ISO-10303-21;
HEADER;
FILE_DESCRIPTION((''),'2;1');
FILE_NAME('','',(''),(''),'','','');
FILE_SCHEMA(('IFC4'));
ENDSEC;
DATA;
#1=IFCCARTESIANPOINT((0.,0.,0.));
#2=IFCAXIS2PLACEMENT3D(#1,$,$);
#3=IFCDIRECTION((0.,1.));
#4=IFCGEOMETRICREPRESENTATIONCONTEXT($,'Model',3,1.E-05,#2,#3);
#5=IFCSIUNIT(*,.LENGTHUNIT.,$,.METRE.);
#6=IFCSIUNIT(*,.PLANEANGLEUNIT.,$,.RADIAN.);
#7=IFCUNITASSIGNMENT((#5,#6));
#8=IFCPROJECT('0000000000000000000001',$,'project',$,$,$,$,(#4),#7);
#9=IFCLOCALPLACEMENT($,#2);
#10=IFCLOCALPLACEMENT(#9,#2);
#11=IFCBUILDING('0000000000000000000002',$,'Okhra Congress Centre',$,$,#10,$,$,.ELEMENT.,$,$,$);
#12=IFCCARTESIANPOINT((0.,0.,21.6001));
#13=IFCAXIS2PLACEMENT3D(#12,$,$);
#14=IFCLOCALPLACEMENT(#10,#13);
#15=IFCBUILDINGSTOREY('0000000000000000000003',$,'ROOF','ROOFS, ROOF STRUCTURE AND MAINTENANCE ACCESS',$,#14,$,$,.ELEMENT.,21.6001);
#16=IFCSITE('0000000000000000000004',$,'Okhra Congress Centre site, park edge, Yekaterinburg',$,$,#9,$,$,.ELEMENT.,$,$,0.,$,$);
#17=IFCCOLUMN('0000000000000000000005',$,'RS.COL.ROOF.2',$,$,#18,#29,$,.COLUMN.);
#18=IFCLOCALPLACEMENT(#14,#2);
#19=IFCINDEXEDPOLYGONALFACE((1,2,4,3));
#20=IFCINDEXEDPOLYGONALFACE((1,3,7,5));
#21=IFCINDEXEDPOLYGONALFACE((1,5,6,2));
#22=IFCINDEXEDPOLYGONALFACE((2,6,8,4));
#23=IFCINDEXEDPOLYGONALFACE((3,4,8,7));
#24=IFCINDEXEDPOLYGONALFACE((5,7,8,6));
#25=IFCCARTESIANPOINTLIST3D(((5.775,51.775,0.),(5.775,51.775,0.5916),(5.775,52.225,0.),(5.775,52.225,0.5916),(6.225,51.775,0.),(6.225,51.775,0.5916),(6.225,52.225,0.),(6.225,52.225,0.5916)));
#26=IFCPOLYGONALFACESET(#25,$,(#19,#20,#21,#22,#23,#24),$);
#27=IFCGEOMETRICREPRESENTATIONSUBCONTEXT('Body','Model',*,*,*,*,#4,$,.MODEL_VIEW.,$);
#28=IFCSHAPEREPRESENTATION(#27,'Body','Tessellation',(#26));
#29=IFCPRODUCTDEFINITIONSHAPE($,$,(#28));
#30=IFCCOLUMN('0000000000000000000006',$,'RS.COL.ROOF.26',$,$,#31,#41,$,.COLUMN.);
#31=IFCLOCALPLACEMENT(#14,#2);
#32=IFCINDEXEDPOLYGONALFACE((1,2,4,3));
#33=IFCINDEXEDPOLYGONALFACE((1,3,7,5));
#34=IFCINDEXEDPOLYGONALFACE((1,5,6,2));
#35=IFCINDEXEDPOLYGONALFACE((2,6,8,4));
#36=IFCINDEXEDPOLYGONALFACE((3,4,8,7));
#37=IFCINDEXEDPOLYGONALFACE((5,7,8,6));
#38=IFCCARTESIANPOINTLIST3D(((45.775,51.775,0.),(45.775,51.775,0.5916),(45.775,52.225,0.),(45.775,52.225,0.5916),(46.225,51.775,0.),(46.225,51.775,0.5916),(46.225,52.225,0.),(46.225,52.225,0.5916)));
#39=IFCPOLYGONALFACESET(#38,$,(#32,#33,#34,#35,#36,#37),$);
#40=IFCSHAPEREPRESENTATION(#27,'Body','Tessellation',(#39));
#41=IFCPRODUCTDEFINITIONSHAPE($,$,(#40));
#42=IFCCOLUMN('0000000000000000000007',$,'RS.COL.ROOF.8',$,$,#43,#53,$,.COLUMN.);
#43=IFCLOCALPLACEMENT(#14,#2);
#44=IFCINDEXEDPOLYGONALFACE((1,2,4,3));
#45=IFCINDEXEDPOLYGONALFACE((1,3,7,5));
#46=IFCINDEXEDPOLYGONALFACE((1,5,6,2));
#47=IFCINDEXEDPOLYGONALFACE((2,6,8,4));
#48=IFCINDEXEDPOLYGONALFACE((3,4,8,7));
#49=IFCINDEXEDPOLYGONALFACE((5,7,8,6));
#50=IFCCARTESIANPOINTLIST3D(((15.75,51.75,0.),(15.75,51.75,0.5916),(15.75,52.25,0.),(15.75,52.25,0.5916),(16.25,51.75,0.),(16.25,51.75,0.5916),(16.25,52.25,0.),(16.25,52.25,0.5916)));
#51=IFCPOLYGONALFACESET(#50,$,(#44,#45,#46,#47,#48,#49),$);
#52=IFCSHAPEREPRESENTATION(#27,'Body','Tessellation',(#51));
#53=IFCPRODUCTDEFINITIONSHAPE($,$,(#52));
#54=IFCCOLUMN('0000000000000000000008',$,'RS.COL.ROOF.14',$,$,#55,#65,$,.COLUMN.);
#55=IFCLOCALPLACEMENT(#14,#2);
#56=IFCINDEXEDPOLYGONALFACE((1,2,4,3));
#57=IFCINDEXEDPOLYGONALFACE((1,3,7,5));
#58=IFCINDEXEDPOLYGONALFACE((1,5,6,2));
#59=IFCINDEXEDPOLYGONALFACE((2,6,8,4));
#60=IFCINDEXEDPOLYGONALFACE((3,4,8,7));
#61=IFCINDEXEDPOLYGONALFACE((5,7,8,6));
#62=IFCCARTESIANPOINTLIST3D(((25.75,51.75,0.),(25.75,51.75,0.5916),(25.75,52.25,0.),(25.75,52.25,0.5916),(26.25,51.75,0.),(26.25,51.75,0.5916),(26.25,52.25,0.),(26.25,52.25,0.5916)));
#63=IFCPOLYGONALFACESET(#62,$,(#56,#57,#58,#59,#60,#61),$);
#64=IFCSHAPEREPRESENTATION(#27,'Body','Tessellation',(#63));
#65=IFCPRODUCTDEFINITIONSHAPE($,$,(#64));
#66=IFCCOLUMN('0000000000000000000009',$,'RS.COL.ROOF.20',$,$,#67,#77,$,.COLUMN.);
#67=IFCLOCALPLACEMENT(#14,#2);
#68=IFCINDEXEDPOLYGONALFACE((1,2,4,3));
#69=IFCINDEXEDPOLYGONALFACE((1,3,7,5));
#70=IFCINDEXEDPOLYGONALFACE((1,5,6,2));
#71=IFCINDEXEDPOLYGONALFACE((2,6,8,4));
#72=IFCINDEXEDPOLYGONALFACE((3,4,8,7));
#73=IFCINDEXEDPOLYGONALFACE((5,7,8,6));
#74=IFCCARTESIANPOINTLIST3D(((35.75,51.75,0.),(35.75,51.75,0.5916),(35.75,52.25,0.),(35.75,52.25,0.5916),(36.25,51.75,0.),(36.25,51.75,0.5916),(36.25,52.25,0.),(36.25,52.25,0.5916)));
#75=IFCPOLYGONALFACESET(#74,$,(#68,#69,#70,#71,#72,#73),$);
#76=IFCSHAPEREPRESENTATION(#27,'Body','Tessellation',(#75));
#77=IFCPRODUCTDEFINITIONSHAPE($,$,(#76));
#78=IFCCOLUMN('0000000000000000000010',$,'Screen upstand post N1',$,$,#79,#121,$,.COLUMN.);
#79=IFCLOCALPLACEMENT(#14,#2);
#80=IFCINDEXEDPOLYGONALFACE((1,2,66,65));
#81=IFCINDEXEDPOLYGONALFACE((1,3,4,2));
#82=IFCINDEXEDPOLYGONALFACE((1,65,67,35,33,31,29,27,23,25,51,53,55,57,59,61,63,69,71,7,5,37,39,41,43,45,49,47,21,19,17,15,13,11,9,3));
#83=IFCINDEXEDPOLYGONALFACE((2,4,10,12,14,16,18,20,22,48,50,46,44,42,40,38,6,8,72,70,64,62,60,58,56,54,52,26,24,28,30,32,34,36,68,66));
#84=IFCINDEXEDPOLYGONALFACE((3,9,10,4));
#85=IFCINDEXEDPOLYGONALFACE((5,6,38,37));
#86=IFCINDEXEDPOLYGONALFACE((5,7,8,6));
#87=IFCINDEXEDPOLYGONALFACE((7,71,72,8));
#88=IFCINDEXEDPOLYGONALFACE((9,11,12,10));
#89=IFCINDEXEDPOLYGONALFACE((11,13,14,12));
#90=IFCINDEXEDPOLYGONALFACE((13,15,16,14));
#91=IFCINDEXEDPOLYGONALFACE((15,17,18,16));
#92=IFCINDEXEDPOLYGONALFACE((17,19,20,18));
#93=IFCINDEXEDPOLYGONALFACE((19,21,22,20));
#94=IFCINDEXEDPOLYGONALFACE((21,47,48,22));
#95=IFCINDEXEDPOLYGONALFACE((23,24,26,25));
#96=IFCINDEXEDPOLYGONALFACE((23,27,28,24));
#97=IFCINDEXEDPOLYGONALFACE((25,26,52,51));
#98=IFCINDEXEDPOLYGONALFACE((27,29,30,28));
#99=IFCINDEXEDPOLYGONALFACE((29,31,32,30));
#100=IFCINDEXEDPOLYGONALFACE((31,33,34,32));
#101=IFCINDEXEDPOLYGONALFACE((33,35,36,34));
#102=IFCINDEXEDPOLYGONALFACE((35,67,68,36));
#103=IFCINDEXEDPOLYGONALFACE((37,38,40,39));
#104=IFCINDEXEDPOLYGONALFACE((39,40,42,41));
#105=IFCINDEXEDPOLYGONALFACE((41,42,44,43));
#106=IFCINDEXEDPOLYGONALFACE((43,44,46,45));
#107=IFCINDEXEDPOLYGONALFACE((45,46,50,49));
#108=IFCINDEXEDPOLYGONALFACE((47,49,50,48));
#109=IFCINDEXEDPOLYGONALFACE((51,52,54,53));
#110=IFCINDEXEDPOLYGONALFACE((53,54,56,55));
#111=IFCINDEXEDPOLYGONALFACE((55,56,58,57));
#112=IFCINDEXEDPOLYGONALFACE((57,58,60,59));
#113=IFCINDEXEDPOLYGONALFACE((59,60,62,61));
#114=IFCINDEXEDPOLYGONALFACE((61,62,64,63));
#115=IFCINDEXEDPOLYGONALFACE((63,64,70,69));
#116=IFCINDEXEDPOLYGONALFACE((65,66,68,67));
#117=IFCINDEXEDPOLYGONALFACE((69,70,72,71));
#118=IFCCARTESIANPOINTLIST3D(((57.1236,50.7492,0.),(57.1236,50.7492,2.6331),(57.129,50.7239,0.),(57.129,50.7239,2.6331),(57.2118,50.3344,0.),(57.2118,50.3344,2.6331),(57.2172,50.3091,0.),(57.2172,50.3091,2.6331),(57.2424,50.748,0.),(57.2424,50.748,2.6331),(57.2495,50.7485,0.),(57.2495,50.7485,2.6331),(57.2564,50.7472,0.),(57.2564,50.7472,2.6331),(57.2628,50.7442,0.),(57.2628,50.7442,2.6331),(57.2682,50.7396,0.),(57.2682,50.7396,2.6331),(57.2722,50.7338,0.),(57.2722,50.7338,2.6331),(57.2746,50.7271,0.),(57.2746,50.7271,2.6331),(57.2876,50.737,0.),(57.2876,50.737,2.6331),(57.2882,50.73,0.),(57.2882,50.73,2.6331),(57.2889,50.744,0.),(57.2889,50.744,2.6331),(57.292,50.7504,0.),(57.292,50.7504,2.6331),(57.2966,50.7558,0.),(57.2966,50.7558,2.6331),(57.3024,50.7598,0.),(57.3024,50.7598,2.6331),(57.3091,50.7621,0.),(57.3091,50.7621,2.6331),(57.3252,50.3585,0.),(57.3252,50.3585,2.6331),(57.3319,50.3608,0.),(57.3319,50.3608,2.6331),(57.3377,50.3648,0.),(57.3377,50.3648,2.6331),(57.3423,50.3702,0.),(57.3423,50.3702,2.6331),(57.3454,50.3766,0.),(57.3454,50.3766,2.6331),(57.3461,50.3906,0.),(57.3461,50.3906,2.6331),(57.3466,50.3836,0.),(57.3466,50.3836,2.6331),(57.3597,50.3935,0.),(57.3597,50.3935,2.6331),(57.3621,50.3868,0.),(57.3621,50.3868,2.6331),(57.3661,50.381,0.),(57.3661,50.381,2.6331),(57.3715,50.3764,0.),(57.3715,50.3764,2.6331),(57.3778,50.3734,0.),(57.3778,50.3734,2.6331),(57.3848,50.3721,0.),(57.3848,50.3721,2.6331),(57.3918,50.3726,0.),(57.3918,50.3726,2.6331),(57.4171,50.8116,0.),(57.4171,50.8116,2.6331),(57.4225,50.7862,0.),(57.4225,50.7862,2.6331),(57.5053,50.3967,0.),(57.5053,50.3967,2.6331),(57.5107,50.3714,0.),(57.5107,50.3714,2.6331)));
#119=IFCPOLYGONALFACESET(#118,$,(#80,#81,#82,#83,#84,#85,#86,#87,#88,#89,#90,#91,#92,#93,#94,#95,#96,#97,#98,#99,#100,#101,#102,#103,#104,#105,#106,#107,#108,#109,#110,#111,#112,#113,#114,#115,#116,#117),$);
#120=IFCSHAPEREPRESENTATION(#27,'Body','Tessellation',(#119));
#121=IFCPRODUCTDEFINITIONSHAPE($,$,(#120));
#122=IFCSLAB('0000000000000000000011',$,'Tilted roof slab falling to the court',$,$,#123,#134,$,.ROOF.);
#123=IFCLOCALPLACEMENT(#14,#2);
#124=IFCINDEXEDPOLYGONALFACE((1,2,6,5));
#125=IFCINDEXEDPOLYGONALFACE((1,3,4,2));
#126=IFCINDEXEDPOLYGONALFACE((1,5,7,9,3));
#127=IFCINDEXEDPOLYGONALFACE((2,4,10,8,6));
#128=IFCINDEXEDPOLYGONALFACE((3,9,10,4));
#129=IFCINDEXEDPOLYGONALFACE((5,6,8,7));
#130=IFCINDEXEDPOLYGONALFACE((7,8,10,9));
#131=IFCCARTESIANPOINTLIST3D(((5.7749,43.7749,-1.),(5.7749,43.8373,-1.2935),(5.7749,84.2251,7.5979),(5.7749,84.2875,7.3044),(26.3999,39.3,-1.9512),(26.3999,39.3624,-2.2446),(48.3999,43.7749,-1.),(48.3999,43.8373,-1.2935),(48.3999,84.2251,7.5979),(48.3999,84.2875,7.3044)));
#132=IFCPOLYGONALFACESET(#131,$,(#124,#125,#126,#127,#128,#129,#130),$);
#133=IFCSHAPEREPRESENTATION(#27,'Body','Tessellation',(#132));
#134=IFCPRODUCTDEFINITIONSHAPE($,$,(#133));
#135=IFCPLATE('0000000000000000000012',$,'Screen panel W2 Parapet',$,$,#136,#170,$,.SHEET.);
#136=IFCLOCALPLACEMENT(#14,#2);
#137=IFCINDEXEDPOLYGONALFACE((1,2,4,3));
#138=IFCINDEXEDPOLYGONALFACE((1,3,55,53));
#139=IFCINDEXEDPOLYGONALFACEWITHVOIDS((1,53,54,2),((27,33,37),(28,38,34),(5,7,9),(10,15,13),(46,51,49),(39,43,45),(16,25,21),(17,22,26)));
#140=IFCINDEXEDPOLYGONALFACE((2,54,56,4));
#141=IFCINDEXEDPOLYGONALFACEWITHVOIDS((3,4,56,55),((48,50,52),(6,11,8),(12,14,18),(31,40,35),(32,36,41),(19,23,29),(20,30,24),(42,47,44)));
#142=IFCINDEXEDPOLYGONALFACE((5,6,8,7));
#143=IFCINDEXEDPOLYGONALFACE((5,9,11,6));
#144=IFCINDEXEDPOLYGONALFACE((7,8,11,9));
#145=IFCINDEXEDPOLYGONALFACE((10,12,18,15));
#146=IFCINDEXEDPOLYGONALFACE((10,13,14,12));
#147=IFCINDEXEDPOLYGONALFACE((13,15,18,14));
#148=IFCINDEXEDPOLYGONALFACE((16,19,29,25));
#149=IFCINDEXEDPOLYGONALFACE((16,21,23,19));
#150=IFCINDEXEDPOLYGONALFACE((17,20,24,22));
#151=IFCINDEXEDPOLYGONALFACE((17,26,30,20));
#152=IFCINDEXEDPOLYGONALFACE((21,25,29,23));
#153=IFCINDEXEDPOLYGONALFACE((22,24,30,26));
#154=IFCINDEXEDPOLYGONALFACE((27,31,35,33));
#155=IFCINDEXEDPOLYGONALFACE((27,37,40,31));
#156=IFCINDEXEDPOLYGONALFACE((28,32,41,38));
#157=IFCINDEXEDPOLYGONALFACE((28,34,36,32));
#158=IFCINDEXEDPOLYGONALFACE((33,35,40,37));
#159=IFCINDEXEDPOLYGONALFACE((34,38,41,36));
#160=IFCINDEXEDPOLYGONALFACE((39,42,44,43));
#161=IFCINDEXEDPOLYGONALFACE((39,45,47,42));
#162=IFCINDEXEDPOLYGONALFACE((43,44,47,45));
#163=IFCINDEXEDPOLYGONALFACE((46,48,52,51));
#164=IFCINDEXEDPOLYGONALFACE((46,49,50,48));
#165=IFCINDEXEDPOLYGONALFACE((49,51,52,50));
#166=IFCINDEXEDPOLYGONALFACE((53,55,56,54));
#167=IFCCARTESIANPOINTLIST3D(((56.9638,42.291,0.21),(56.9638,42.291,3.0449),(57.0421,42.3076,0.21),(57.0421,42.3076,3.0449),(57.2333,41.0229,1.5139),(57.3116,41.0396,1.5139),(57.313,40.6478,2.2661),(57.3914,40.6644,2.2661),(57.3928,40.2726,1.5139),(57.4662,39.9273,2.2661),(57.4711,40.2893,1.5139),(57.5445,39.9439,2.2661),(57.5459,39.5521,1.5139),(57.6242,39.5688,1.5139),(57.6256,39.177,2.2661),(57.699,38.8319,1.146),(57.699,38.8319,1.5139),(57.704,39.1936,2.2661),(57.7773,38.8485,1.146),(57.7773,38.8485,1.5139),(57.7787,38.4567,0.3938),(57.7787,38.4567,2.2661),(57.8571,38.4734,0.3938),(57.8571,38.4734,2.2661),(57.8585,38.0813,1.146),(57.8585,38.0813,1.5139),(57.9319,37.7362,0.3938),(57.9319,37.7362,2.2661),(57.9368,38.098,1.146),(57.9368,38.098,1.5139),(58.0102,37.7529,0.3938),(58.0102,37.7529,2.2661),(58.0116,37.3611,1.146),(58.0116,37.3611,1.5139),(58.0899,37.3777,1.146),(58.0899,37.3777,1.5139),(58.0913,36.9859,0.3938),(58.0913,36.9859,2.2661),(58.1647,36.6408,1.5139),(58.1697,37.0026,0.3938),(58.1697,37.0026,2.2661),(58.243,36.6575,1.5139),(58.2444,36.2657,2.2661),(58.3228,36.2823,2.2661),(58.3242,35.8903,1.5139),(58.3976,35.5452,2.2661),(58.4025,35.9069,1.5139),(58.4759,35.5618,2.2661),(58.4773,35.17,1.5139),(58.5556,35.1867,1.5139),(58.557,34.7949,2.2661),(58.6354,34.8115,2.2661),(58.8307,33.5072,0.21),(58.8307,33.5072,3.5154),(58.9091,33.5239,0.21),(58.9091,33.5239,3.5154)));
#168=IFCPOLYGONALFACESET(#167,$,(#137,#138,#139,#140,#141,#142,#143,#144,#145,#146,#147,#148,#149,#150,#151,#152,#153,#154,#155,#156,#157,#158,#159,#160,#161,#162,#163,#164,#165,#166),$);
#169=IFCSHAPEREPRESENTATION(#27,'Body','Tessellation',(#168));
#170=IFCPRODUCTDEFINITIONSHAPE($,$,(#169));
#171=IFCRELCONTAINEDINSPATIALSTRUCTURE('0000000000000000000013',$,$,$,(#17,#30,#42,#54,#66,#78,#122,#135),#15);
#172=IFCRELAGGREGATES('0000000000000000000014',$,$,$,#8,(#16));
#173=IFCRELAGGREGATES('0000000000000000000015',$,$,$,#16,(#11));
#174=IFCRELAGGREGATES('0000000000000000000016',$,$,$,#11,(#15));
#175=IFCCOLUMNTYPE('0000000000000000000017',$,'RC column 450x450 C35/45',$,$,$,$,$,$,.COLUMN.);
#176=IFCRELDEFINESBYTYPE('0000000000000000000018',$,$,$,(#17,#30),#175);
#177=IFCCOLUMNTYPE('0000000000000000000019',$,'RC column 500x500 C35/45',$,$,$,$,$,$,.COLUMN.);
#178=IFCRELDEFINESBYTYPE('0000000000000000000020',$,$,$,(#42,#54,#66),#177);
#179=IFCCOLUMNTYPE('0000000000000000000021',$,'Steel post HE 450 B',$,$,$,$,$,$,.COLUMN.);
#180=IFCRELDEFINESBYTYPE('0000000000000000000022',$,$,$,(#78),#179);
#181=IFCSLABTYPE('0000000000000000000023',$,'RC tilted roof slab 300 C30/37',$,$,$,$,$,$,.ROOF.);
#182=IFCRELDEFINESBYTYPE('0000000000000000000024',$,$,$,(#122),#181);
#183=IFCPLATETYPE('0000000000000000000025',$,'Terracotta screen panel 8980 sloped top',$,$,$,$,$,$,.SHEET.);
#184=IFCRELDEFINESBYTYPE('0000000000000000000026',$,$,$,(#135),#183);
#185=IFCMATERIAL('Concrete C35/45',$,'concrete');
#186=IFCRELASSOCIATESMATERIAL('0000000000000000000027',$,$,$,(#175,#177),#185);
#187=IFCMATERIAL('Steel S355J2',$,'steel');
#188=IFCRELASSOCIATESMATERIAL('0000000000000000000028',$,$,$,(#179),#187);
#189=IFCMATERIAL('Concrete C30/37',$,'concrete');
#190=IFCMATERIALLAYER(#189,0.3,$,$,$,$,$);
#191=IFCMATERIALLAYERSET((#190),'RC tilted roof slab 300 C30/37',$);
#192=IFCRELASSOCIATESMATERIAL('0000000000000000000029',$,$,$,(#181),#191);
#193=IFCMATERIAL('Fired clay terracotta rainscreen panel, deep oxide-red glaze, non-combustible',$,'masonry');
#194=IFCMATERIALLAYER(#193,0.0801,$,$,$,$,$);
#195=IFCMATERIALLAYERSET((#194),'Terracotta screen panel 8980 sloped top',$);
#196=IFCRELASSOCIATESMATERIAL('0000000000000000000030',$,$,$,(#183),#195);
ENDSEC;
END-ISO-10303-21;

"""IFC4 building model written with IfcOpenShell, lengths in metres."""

from ifc_helpers import new_model, si_unit, direction, frame, origin, origin_2d, place, context, subcontext, project, spatial, polyline, rectangle, i_section, outline, extrude, material, layer, layer_set, material_profile, profile_set, type_object, element, save


model = new_model("IFC4")

# Units and contexts
model_context = context("Model", 3, precision=1e-05, world=origin(), true_north=direction((0.0, 1.0)))
body_context = subcontext(model_context, "Body", "Model", "MODEL_VIEW")
ifc_project = project(units=[si_unit("LENGTHUNIT", "METRE"), si_unit("PLANEANGLEUNIT", "RADIAN")], contexts=[model_context])

# Site, building, storey
site_placement = place(None, origin())
site = spatial("IfcSite", under=ifc_project, at=site_placement, Name="Okhra Congress Centre site, park edge, Yekaterinburg", CompositionType="ELEMENT", RefElevation=0.0)
building_placement = place(site_placement, origin())
building = spatial("IfcBuilding", under=site, at=building_placement, Name="Okhra Congress Centre", CompositionType="ELEMENT")
storey_placement = place(building_placement, frame((0.0, 0.0, 21.6001)))
storey = spatial("IfcBuildingStorey", under=building, at=storey_placement, Name="ROOF", Description="ROOFS, ROOF STRUCTURE AND MAINTENANCE ACCESS", CompositionType="ELEMENT", Elevation=21.6001)

# Columns
ifc_material_1 = material(Name="Concrete C35/45", Category="concrete")
ifc_material_profile_1 = material_profile(ifc_material_1, rectangle(XDim=0.45, YDim=0.45, at=origin_2d()), Name="RC 450x450")
ifc_profile_set_1 = profile_set([ifc_material_profile_1], Name="Concrete C35/45")
column_type_1 = type_object("IfcColumnType", Name="RC column 450x450 C35/45", PredefinedType="COLUMN", material=ifc_profile_set_1)
for number, where, z_axis, x_axis, name in (
    (1, (6.0, 52.0, 0.0), (0.0, 0.0, 1.0), (1.0, 0.0, 0.0), "RS.COL.ROOF.2"),
    (2, (46.0, 52.0, 0.0), (0.0, 0.0, 1.0), (1.0, 0.0, 0.0), "RS.COL.ROOF.26"),
):
    element("IfcColumn", number, at=place(storey_placement, frame(where, z_axis=z_axis, x_axis=x_axis)), inside=storey, type_object=column_type_1, Name=name, PredefinedType="COLUMN", context=body_context, shape_type="SweptSolid", body=[
        extrude(rectangle(XDim=0.45, YDim=0.45, at=origin_2d()), origin(), (0.0, 0.0, 1.0), 0.5916),
    ])
ifc_material_profile_2 = material_profile(ifc_material_1, rectangle(XDim=0.5, YDim=0.5, at=origin_2d()), Name="RC 500x500")
ifc_profile_set_2 = profile_set([ifc_material_profile_2], Name="Concrete C35/45")
column_type_2 = type_object("IfcColumnType", Name="RC column 500x500 C35/45", PredefinedType="COLUMN", material=ifc_profile_set_2)
for number, where, z_axis, x_axis, name in (
    (3, (16.0, 52.0, 0.0), (0.0, 0.0, 1.0), (1.0, 0.0, 0.0), "RS.COL.ROOF.8"),
    (4, (26.0, 52.0, 0.0), (0.0, 0.0, 1.0), (1.0, 0.0, 0.0), "RS.COL.ROOF.14"),
    (5, (36.0, 52.0, 0.0), (0.0, 0.0, 1.0), (1.0, 0.0, 0.0), "RS.COL.ROOF.20"),
):
    element("IfcColumn", number, at=place(storey_placement, frame(where, z_axis=z_axis, x_axis=x_axis)), inside=storey, type_object=column_type_2, Name=name, PredefinedType="COLUMN", context=body_context, shape_type="SweptSolid", body=[
        extrude(rectangle(XDim=0.5, YDim=0.5, at=origin_2d()), origin(), (0.0, 0.0, 1.0), 0.5916),
    ])
ifc_material_2 = material(Name="Steel S355J2", Category="steel")
ifc_material_profile_3 = material_profile(ifc_material_2, i_section(OverallWidth=0.3, OverallDepth=0.45, WebThickness=0.0139, FlangeThickness=0.0259, FilletRadius=0.0271, at=origin_2d()), Name="HE 450 B")
ifc_profile_set_3 = profile_set([ifc_material_profile_3], Name="Steel S355J2")
column_type_3 = type_object("IfcColumnType", Name="Steel post HE 450 B", PredefinedType="COLUMN", material=ifc_profile_set_3)
column_placement = place(storey_placement, frame((57.3171, 50.5603, 0.0), z_axis=(0.0, 0.0, 1.0), x_axis=(0.978148, 0.207912, 0.0)))
element("IfcColumn", 6, at=column_placement, inside=storey, type_object=column_type_3, Name="Screen upstand post N1", PredefinedType="COLUMN", context=body_context, shape_type="SweptSolid", body=[
    extrude(i_section(OverallWidth=0.3, OverallDepth=0.45, WebThickness=0.0139, FlangeThickness=0.0259, FilletRadius=0.0271, at=origin_2d()), origin(), (0.0, 0.0, 1.0), 2.6331),
])

# Slab
ifc_material_3 = material(Name="Concrete C30/37", Category="concrete")
ifc_layer_1 = layer(ifc_material_3, 0.3)
ifc_layer_set_1 = layer_set([ifc_layer_1], Name="RC tilted roof slab 300 C30/37")
slab_type = type_object("IfcSlabType", Name="RC tilted roof slab 300 C30/37", PredefinedType="ROOF", material=ifc_layer_set_1)
slab_placement = place(storey_placement, frame((5.7749, 43.7749, -1.0), z_axis=(0.0, -0.207911, 0.978148), x_axis=(0.976272, -0.211815, -0.045022)))
element("IfcSlab", 7, at=slab_placement, inside=storey, type_object=slab_type, Name="Tilted roof slab falling to the court", PredefinedType="ROOF", context=body_context, shape_type="SweptSolid", body=[
    extrude(outline(polyline([(0.0, 0.0), (21.1263, 0.0), (41.6136, 9.2303), (32.6586, 49.6029), (-8.955, 40.3726), (0.0, 0.0)])), origin(), (0.0, 0.0, -1.0), 0.3),
])

# Plate
ifc_material_4 = material(Name="Fired clay terracotta rainscreen panel, deep oxide-red glaze, non-combustible", Category="masonry")
ifc_layer_2 = layer(ifc_material_4, 0.0801)
ifc_layer_set_2 = layer_set([ifc_layer_2], Name="Terracotta screen panel 8980 sloped top")
plate_type_1 = type_object("IfcPlateType", Name="Terracotta screen panel 8980 sloped top", PredefinedType="SHEET", material=ifc_layer_set_2)
plate_1_placement = place(storey_placement, frame((57.0029, 42.2993, 0.21), z_axis=(0.0, 0.0, 1.0), x_axis=(0.207902, -0.97815, 0.0)))
element("IfcPlate", 8, at=plate_1_placement, inside=storey, type_object=plate_type_1, Name="Screen panel W2 Parapet", PredefinedType="SHEET", context=body_context, shape_type="SweptSolid", body=[
    extrude(outline(polyline([(0.0, 0.0), (8.98, 0.0), (8.98, 3.3054), (0.0, 2.835), (0.0, 0.0)]), holes=[polyline([(3.5364, 0.936), (3.9199, 0.1838), (4.3037, 0.936), (3.5364, 0.936)]), polyline([(4.6565, 0.1838), (5.4236, 0.1838), (5.04, 0.936), (4.6565, 0.1838)]), polyline([(1.2964, 1.304), (2.0635, 1.304), (1.6799, 2.0562), (1.2964, 1.304)]), polyline([(2.4165, 2.0562), (2.8, 1.304), (3.1836, 2.0562), (2.4165, 2.0562)]), polyline([(3.5364, 1.304), (4.3037, 1.304), (3.9199, 2.0562), (3.5364, 1.304)]), polyline([(4.6565, 2.0562), (5.04, 1.304), (5.4236, 2.0562), (4.6565, 2.0562)]), polyline([(5.7764, 1.304), (6.5437, 1.304), (6.1599, 2.0562), (5.7764, 1.304)]), polyline([(6.8965, 2.0562), (7.28, 1.304), (7.6636, 2.0562), (6.8965, 2.0562)])]), frame((0.0, 0.04, 0.0), z_axis=(0.0, -1.0, 0.0), x_axis=(1.0, 0.0, 0.0)), (0.0, 0.0, 1.0), 0.0801),
])

save(model, "model.ifc")
